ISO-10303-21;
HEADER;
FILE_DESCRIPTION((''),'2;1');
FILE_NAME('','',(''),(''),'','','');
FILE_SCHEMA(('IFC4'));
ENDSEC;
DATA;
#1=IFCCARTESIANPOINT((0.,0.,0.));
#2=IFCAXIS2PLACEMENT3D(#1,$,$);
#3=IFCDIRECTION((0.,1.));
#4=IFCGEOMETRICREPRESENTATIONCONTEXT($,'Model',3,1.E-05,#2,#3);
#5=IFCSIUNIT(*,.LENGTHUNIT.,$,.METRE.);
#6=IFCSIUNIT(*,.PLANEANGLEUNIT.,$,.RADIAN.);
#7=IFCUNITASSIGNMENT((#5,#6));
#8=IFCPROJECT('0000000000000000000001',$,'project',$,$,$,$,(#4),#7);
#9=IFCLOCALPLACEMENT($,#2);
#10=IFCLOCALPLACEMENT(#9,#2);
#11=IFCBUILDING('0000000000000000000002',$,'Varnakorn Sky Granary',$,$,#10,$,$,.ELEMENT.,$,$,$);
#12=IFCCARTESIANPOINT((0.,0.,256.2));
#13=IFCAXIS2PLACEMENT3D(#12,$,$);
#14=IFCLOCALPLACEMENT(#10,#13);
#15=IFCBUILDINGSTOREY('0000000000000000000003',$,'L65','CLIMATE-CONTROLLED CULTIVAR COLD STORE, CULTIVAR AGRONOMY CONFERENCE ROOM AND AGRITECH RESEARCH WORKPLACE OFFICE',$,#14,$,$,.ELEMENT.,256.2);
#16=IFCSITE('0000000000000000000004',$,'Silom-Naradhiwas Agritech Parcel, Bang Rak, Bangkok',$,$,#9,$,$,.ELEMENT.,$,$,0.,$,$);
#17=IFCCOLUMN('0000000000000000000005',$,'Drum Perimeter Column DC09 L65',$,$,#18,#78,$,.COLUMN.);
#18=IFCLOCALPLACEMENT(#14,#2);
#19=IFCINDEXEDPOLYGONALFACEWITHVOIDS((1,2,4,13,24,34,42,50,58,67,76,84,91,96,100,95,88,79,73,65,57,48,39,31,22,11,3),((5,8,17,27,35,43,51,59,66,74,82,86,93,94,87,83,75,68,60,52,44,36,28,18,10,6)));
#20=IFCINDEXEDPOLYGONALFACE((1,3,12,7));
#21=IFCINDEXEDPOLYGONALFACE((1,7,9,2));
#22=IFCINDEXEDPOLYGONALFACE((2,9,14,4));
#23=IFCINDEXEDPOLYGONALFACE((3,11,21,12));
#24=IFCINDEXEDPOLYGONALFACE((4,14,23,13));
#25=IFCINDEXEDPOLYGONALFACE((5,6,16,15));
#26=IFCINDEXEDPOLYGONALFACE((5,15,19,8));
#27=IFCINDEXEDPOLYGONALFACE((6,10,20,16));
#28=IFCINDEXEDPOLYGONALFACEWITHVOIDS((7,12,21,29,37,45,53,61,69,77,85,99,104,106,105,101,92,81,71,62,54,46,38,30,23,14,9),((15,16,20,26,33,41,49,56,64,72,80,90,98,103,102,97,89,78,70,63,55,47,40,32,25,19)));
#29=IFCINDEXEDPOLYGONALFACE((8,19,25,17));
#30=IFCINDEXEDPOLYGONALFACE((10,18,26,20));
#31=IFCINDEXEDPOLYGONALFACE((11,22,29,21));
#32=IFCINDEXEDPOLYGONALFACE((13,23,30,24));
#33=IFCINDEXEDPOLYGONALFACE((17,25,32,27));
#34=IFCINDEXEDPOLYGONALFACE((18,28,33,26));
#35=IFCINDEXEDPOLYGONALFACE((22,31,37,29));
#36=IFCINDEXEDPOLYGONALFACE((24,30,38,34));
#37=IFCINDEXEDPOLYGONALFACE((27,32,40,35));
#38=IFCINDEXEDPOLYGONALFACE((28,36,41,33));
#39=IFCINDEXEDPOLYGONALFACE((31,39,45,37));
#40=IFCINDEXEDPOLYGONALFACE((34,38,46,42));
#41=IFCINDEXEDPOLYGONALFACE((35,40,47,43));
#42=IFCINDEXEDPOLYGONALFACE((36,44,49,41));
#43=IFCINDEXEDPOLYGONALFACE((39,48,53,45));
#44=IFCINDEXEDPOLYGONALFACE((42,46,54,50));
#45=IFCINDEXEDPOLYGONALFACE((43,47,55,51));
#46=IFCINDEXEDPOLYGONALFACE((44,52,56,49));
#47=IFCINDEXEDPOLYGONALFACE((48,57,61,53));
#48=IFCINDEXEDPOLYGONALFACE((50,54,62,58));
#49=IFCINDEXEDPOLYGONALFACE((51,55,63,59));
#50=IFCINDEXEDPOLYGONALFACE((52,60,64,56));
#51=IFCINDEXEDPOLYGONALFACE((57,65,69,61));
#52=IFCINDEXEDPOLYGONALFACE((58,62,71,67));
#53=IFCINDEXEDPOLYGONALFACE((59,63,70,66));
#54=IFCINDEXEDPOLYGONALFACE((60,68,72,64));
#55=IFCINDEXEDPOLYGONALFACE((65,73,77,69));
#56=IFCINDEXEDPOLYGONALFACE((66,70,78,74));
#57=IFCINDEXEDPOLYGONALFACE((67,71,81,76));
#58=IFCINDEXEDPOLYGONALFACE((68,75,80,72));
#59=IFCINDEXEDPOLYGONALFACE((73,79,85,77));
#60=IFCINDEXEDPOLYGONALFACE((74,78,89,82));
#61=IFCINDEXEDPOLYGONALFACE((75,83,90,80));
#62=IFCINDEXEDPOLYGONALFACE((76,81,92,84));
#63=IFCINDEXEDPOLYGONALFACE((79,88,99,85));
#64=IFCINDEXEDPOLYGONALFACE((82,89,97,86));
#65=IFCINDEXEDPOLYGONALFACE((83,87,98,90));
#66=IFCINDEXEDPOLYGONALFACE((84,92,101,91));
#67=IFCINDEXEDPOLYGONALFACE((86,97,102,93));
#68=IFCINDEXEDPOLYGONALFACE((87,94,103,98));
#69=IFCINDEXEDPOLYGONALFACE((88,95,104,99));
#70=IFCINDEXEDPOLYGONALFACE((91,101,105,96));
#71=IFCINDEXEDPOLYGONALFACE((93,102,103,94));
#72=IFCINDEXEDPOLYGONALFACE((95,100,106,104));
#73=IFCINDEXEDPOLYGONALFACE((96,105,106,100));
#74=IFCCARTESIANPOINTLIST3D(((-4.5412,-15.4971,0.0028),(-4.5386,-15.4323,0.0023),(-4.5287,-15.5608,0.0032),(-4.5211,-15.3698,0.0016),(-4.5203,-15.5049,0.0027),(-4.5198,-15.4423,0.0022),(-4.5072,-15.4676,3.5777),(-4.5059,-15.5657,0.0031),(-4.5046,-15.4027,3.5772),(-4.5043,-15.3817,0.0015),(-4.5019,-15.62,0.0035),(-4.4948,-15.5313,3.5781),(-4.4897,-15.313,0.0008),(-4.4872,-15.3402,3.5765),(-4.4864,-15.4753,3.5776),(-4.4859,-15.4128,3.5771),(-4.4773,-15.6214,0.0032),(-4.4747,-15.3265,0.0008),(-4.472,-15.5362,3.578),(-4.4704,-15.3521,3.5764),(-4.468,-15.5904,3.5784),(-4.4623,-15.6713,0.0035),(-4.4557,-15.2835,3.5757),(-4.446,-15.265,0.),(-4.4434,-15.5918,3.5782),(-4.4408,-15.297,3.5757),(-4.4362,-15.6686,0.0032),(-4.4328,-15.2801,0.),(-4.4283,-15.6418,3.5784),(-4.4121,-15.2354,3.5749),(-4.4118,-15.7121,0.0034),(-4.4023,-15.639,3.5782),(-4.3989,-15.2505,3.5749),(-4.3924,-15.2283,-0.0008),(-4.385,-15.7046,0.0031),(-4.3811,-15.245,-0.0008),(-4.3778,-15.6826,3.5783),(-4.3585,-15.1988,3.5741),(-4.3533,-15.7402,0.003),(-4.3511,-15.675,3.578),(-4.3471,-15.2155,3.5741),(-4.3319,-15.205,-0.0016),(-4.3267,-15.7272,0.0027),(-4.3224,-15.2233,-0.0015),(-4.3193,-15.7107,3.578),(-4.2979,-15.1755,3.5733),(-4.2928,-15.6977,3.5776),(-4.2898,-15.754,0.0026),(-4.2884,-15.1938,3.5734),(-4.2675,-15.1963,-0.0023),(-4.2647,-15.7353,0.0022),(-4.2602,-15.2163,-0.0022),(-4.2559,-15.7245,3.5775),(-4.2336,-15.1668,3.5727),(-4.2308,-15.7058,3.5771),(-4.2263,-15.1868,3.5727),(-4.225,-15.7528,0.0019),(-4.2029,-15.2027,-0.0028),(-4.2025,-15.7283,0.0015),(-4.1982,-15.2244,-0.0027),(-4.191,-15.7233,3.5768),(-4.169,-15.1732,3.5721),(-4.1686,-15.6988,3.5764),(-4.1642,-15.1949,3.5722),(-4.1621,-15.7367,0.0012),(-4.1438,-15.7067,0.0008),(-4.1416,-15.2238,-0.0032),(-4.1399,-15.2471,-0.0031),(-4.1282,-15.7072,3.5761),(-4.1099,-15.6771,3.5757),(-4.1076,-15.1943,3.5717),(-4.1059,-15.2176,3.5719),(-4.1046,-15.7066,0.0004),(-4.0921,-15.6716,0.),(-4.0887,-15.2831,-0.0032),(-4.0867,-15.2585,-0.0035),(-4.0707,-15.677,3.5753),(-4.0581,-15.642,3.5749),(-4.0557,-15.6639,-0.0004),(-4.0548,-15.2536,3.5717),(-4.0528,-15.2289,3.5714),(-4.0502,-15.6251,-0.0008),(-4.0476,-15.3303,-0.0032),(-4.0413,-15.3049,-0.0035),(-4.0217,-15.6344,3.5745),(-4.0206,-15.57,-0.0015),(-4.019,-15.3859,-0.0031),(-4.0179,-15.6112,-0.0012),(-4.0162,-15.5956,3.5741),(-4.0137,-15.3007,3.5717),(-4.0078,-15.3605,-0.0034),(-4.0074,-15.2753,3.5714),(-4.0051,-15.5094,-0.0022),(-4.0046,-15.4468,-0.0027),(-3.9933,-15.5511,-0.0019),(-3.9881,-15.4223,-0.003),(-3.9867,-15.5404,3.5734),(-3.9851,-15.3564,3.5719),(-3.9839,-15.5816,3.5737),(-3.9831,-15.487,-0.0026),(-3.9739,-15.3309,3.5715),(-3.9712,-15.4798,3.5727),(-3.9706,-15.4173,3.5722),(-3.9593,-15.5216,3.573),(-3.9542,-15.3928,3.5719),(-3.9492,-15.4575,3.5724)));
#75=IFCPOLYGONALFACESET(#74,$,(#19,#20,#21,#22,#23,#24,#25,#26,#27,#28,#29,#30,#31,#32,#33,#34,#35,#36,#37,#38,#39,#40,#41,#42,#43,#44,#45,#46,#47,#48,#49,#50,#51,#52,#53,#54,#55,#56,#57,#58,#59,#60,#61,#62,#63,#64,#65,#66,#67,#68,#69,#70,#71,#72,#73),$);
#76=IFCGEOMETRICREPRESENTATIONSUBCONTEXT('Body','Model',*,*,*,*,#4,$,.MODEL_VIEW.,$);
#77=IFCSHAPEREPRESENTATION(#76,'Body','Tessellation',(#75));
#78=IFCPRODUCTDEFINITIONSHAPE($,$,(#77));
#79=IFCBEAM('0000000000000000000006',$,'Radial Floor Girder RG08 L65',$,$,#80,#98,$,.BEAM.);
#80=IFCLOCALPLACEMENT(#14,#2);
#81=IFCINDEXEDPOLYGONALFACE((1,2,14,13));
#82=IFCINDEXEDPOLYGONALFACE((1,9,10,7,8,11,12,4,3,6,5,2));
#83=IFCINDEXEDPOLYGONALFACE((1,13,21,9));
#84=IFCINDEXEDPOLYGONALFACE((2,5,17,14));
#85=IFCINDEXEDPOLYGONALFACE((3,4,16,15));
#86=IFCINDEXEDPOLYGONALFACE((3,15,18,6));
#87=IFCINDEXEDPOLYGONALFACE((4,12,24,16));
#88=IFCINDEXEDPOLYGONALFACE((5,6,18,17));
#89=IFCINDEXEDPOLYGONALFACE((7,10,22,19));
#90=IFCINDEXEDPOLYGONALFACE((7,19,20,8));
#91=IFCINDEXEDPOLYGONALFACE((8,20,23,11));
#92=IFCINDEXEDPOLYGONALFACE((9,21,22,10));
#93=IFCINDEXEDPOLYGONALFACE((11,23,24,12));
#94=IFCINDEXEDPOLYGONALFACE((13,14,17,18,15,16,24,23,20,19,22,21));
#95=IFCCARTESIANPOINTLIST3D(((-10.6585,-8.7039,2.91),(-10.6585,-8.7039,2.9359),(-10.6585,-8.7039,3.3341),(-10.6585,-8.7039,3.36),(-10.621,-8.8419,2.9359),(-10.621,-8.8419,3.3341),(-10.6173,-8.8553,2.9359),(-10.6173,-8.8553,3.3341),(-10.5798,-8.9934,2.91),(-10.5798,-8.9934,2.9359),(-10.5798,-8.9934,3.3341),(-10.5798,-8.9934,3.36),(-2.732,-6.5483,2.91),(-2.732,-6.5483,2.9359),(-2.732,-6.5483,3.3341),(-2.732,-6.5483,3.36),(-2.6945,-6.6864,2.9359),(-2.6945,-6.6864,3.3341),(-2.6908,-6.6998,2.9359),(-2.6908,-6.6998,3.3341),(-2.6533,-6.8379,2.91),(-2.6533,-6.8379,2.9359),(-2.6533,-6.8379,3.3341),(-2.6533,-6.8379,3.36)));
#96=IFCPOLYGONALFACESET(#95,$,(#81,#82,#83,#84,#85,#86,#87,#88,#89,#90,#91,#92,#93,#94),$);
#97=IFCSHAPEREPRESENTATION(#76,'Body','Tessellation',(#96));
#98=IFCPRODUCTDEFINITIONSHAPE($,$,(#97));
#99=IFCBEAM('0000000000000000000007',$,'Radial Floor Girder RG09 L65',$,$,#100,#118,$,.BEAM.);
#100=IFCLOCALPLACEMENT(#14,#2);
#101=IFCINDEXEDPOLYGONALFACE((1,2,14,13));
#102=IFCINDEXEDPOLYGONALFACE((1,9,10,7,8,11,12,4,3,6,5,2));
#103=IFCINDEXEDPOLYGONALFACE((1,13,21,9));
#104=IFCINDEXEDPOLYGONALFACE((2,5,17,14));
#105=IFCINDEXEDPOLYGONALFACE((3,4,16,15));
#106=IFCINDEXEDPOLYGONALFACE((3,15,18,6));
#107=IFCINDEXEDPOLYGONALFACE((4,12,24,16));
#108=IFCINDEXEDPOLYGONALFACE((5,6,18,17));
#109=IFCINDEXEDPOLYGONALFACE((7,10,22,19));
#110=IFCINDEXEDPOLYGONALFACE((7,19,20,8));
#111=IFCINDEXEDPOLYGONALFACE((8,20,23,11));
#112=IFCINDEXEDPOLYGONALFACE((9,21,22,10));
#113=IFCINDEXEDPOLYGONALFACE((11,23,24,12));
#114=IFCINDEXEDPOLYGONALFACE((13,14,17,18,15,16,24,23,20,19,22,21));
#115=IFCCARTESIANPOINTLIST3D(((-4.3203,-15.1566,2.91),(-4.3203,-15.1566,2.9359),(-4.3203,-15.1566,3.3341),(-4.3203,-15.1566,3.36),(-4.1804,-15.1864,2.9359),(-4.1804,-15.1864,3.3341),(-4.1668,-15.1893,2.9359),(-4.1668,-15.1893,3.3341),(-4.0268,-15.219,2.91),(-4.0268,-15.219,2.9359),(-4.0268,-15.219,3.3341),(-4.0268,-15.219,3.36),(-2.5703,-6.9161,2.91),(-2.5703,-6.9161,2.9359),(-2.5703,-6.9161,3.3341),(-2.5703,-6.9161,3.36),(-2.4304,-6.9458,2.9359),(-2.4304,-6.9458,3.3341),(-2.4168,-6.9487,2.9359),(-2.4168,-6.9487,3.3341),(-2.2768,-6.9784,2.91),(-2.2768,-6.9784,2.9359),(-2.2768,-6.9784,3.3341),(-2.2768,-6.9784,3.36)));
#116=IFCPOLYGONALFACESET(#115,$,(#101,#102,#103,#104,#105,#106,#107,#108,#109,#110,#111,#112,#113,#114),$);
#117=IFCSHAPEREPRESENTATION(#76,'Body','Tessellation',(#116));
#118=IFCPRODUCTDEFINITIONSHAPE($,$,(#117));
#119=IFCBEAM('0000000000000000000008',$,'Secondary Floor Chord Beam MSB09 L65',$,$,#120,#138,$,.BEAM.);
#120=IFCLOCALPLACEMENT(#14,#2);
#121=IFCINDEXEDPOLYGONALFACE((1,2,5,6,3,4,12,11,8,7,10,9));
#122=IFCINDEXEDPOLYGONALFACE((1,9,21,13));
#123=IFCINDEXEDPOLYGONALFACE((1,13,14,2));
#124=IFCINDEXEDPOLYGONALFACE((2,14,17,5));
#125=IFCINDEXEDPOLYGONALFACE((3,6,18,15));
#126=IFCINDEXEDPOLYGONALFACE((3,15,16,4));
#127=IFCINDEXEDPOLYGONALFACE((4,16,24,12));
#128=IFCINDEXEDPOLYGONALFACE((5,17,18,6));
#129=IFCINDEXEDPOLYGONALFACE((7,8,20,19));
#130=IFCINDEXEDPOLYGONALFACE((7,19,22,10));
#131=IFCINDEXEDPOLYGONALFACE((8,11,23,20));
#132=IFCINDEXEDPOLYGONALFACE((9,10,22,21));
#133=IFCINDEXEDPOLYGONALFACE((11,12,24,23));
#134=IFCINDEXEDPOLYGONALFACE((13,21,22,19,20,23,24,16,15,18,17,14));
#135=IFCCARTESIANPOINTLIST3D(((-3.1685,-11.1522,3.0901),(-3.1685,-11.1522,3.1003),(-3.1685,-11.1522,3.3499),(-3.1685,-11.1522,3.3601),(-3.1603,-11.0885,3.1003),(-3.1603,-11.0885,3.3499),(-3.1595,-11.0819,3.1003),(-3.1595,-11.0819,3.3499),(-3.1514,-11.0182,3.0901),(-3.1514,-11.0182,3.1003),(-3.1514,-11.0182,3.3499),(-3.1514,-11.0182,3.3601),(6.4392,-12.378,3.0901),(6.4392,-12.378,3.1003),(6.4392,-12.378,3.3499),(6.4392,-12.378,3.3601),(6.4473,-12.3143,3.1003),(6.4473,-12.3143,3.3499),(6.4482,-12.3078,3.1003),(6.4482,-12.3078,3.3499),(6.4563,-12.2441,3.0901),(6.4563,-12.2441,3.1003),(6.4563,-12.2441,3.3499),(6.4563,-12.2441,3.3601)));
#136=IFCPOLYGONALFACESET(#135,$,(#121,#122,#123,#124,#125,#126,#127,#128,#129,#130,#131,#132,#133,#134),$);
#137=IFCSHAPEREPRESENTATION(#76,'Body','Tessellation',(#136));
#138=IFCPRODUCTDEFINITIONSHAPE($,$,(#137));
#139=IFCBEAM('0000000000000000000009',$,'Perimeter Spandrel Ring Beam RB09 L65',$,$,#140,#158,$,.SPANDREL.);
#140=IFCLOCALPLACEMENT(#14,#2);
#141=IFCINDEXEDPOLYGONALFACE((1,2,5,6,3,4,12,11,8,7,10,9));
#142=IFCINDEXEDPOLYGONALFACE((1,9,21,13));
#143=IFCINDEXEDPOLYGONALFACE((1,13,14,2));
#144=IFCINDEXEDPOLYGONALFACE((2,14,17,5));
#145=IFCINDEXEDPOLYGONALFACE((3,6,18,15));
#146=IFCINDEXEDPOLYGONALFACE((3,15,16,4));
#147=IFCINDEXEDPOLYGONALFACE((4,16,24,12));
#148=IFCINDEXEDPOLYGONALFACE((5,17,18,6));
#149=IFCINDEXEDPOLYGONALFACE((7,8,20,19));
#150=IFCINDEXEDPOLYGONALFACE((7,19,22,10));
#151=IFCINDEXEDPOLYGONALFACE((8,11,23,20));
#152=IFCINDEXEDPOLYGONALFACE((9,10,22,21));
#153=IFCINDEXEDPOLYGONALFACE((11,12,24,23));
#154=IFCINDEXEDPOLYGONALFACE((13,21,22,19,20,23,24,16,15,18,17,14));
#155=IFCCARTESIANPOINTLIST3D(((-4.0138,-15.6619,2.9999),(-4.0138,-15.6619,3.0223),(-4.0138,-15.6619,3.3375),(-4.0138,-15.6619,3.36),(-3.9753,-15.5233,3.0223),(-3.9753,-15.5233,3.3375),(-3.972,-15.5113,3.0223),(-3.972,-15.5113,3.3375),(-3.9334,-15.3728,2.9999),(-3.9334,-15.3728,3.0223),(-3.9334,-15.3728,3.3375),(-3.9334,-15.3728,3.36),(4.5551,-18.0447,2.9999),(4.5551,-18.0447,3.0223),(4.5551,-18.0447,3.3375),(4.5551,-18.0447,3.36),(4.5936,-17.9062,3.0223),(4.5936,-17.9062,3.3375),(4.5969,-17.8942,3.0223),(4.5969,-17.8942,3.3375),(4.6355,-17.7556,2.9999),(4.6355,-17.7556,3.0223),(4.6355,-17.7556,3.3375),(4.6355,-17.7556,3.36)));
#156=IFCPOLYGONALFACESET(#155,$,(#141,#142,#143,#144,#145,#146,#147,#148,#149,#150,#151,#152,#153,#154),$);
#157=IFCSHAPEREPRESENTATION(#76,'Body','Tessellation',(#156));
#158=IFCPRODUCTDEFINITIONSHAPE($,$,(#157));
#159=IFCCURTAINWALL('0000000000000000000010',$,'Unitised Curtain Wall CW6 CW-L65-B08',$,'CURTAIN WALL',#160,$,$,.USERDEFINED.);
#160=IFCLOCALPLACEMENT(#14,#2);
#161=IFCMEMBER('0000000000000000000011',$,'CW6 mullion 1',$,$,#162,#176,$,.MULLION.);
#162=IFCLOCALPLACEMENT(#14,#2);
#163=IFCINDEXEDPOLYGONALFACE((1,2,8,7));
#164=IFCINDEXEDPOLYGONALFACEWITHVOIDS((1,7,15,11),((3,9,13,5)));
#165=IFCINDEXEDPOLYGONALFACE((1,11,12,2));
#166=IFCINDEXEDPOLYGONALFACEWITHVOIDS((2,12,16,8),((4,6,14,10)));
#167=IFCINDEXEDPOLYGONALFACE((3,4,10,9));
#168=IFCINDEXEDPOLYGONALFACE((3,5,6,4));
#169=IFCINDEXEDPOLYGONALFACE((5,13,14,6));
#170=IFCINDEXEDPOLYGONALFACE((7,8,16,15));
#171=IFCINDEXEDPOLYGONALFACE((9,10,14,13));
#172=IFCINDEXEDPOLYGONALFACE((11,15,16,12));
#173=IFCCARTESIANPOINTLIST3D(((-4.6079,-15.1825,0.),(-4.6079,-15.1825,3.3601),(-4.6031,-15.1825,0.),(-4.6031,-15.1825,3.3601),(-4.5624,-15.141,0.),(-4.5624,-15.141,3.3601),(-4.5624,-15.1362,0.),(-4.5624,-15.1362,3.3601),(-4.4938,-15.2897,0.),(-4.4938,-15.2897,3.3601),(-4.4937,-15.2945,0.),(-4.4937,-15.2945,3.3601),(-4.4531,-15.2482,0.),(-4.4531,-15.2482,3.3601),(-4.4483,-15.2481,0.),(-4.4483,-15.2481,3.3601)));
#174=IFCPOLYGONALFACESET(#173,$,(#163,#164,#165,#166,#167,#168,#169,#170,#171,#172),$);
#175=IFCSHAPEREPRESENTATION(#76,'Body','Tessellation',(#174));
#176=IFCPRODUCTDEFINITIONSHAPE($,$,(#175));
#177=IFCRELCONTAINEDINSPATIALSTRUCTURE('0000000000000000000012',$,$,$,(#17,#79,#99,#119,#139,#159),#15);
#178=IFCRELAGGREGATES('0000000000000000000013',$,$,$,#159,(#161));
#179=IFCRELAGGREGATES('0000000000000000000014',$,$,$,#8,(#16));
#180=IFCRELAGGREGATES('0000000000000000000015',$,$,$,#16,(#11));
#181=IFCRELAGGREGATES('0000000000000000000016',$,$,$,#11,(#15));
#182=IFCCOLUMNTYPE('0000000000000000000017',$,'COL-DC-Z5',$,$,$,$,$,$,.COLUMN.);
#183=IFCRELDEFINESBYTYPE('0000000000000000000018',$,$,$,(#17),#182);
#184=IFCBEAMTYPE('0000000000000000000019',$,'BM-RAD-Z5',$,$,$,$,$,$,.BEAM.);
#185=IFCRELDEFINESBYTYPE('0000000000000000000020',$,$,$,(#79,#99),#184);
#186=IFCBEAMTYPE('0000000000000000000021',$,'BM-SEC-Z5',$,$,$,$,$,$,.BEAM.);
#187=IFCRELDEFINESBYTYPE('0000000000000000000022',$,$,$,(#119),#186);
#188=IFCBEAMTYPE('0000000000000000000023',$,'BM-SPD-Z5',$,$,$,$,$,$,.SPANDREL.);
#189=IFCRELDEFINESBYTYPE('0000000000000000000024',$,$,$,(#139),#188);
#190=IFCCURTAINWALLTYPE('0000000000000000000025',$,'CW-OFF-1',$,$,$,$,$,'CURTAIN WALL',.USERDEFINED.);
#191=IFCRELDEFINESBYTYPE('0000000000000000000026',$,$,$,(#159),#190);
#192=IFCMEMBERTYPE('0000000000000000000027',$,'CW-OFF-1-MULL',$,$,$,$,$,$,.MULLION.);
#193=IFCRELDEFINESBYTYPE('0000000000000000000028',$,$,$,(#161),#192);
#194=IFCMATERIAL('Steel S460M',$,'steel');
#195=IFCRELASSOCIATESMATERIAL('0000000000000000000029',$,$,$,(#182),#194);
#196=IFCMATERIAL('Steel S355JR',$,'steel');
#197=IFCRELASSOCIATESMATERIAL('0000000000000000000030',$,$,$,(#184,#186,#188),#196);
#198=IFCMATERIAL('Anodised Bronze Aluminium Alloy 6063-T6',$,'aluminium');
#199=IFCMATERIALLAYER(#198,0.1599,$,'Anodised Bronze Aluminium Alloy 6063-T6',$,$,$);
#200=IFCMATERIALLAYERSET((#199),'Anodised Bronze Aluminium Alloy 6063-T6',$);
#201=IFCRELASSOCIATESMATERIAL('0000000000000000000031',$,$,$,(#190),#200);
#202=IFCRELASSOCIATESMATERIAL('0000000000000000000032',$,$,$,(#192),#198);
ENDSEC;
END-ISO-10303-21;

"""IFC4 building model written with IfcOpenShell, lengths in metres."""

from ifc_helpers import new_model, si_unit, direction, frame, origin, origin_2d, place, context, subcontext, project, spatial, hollow_rectangle, hollow_circle, i_section, extrude, material, layer, layer_set, material_profile, profile_set, type_object, element, aggregate, save


model = new_model("IFC4")

# Units and contexts
model_context = context("Model", 3, precision=1e-05, world=origin(), true_north=direction((0.0, 1.0)))
body_context = subcontext(model_context, "Body", "Model", "MODEL_VIEW")
ifc_project = project(units=[si_unit("LENGTHUNIT", "METRE"), si_unit("PLANEANGLEUNIT", "RADIAN")], contexts=[model_context])

# Site, building, storey
site_placement = place(None, origin())
site = spatial("IfcSite", under=ifc_project, at=site_placement, Name="Silom-Naradhiwas Agritech Parcel, Bang Rak, Bangkok", CompositionType="ELEMENT", RefElevation=0.0)
building_placement = place(site_placement, origin())
building = spatial("IfcBuilding", under=site, at=building_placement, Name="Varnakorn Sky Granary", CompositionType="ELEMENT")
storey_placement = place(building_placement, frame((0.0, 0.0, 256.2)))
storey = spatial("IfcBuildingStorey", under=building, at=storey_placement, Name="L65", Description="CLIMATE-CONTROLLED CULTIVAR COLD STORE, CULTIVAR AGRONOMY CONFERENCE ROOM AND AGRITECH RESEARCH WORKPLACE OFFICE", CompositionType="ELEMENT", Elevation=256.2)

# Column
ifc_material_1 = material(Name="Steel S460M", Category="steel")
ifc_material_profile_1 = material_profile(ifc_material_1, hollow_circle(Radius=0.2795, WallThickness=0.02, at=origin_2d()), Name="CHS 559x20")
ifc_profile_set_1 = profile_set([ifc_material_profile_1], Name="Steel S460M")
column_type = type_object("IfcColumnType", Name="COL-DC-Z5", PredefinedType="COLUMN", material=ifc_profile_set_1)
column_placement = place(storey_placement, frame((-4.2625, -15.4758, 0.0), z_axis=(0.009492, 0.008263, 0.999921), x_axis=(-0.656582, 0.754255, 0.0)))
element("IfcColumn", 1, at=column_placement, inside=storey, type_object=column_type, Name="Drum Perimeter Column DC09 L65", PredefinedType="COLUMN", context=body_context, shape_type="SweptSolid", body=[
    extrude(hollow_circle(Radius=0.2795, WallThickness=0.02, at=origin_2d()), origin(), (0.0, 0.0, 1.0), 3.5752),
])

# Beams
ifc_material_2 = material(Name="Steel S355JR", Category="steel")
ifc_material_profile_2 = material_profile(ifc_material_2, i_section(OverallWidth=0.3, OverallDepth=0.45, WebThickness=0.0139, FlangeThickness=0.0259, at=origin_2d()), Name="HE 450 B")
ifc_profile_set_2 = profile_set([ifc_material_profile_2], Name="Steel S355JR")
beam_type_1 = type_object("IfcBeamType", Name="BM-RAD-Z5", PredefinedType="BEAM", material=ifc_profile_set_2)
beam_1_placement = place(storey_placement, frame((-2.6926, -6.6931, 3.135), z_axis=(-0.964957, -0.262408, 0.0), x_axis=(0.262408, -0.964957, 0.0)))
element("IfcBeam", 2, at=beam_1_placement, inside=storey, type_object=beam_type_1, Name="Radial Floor Girder RG08 L65", PredefinedType="BEAM", context=body_context, shape_type="SweptSolid", body=[
    extrude(i_section(OverallWidth=0.3, OverallDepth=0.45, WebThickness=0.0139, FlangeThickness=0.0259, at=origin_2d()), origin(), (0.0, 0.0, 1.0), 8.2144),
])
beam_2_placement = place(storey_placement, frame((-2.4236, -6.9473, 3.135), z_axis=(-0.207734, -0.978185, 0.0), x_axis=(0.978185, -0.207734, 0.0)))
element("IfcBeam", 3, at=beam_2_placement, inside=storey, type_object=beam_type_1, Name="Radial Floor Girder RG09 L65", PredefinedType="BEAM", context=body_context, shape_type="SweptSolid", body=[
    extrude(i_section(OverallWidth=0.3, OverallDepth=0.45, WebThickness=0.0139, FlangeThickness=0.0259, at=origin_2d()), origin(), (0.0, 0.0, 1.0), 8.4243),
])
ifc_material_profile_3 = material_profile(ifc_material_2, i_section(OverallWidth=0.135, OverallDepth=0.27, WebThickness=0.0066, FlangeThickness=0.0103, at=origin_2d()), Name="IPE 270")
ifc_profile_set_3 = profile_set([ifc_material_profile_3], Name="Steel S355JR")
beam_type_2 = type_object("IfcBeamType", Name="BM-SEC-Z5", PredefinedType="BEAM", material=ifc_profile_set_3)
beam_3_placement = place(storey_placement, frame((-3.1599, -11.0852, 3.2251), z_axis=(0.991959, -0.126563, 0.0), x_axis=(0.126563, 0.991959, 0.0)))
element("IfcBeam", 4, at=beam_3_placement, inside=storey, type_object=beam_type_2, Name="Secondary Floor Chord Beam MSB09 L65", PredefinedType="BEAM", context=body_context, shape_type="SweptSolid", body=[
    extrude(i_section(OverallWidth=0.135, OverallDepth=0.27, WebThickness=0.0066, FlangeThickness=0.0103, at=origin_2d()), origin(), (0.0, 0.0, 1.0), 9.6855),
])
ifc_material_profile_4 = material_profile(ifc_material_2, i_section(OverallWidth=0.3, OverallDepth=0.3601, WebThickness=0.0125, FlangeThickness=0.0225, at=origin_2d()), Name="HE 360 B")
ifc_profile_set_4 = profile_set([ifc_material_profile_4], Name="Steel S355JR")
beam_type_3 = type_object("IfcBeamType", Name="BM-SPD-Z5", PredefinedType="SPANDREL", material=ifc_profile_set_4)
beam_4_placement = place(storey_placement, frame((-3.9736, -15.5173, 3.1799), z_axis=(0.963443, -0.267913, 0.0), x_axis=(0.267913, 0.963443, 0.0)))
element("IfcBeam", 5, at=beam_4_placement, inside=storey, type_object=beam_type_3, Name="Perimeter Spandrel Ring Beam RB09 L65", PredefinedType="SPANDREL", context=body_context, shape_type="SweptSolid", body=[
    extrude(i_section(OverallWidth=0.3, OverallDepth=0.3601, WebThickness=0.0125, FlangeThickness=0.0225, at=origin_2d()), origin(), (0.0, 0.0, 1.0), 8.894),
])

# Curtain wall, member
ifc_material_3 = material(Name="Anodised Bronze Aluminium Alloy 6063-T6", Category="aluminium")
ifc_layer_1 = layer(ifc_material_3, 0.1599, Name="Anodised Bronze Aluminium Alloy 6063-T6")
ifc_layer_set_1 = layer_set([ifc_layer_1], Name="Anodised Bronze Aluminium Alloy 6063-T6")
curtain_wall_type = type_object("IfcCurtainWallType", Name="CW-OFF-1", ElementType="CURTAIN WALL", PredefinedType="USERDEFINED", material=ifc_layer_set_1)
curtain_wall_placement = place(storey_placement, origin())
curtain_wall = element("IfcCurtainWall", 6, at=curtain_wall_placement, inside=storey, type_object=curtain_wall_type, Name="Unitised Curtain Wall CW6 CW-L65-B08", ObjectType="CURTAIN WALL", PredefinedType="USERDEFINED")
ifc_material_profile_5 = material_profile(ifc_material_3, hollow_rectangle(XDim=0.0649, YDim=0.1599, WallThickness=0.0034, at=origin_2d()), Name="ALU MULL 65x160")
ifc_profile_set_5 = profile_set([ifc_material_profile_5], Name="Anodised Bronze Aluminium Alloy 6063-T6")
member_type_1 = type_object("IfcMemberType", Name="CW-OFF-1-MULL", PredefinedType="MULLION", material=ifc_profile_set_5)
member_1_placement = place(storey_placement, frame((-4.5281, -15.2153, 0.0), z_axis=(0.0, 0.0, 1.0), x_axis=(-0.700118, -0.714027, 0.0)))
member_1 = element("IfcMember", 7, at=member_1_placement, type_object=member_type_1, Name="CW6 mullion 1", PredefinedType="MULLION", context=body_context, shape_type="SweptSolid", body=[
    extrude(hollow_rectangle(XDim=0.0649, YDim=0.1599, WallThickness=0.0034, at=origin_2d()), origin(), (0.0, 0.0, 1.0), 3.3601),
])

aggregate(curtain_wall, [member_1])

save(model, "model.ifc")
